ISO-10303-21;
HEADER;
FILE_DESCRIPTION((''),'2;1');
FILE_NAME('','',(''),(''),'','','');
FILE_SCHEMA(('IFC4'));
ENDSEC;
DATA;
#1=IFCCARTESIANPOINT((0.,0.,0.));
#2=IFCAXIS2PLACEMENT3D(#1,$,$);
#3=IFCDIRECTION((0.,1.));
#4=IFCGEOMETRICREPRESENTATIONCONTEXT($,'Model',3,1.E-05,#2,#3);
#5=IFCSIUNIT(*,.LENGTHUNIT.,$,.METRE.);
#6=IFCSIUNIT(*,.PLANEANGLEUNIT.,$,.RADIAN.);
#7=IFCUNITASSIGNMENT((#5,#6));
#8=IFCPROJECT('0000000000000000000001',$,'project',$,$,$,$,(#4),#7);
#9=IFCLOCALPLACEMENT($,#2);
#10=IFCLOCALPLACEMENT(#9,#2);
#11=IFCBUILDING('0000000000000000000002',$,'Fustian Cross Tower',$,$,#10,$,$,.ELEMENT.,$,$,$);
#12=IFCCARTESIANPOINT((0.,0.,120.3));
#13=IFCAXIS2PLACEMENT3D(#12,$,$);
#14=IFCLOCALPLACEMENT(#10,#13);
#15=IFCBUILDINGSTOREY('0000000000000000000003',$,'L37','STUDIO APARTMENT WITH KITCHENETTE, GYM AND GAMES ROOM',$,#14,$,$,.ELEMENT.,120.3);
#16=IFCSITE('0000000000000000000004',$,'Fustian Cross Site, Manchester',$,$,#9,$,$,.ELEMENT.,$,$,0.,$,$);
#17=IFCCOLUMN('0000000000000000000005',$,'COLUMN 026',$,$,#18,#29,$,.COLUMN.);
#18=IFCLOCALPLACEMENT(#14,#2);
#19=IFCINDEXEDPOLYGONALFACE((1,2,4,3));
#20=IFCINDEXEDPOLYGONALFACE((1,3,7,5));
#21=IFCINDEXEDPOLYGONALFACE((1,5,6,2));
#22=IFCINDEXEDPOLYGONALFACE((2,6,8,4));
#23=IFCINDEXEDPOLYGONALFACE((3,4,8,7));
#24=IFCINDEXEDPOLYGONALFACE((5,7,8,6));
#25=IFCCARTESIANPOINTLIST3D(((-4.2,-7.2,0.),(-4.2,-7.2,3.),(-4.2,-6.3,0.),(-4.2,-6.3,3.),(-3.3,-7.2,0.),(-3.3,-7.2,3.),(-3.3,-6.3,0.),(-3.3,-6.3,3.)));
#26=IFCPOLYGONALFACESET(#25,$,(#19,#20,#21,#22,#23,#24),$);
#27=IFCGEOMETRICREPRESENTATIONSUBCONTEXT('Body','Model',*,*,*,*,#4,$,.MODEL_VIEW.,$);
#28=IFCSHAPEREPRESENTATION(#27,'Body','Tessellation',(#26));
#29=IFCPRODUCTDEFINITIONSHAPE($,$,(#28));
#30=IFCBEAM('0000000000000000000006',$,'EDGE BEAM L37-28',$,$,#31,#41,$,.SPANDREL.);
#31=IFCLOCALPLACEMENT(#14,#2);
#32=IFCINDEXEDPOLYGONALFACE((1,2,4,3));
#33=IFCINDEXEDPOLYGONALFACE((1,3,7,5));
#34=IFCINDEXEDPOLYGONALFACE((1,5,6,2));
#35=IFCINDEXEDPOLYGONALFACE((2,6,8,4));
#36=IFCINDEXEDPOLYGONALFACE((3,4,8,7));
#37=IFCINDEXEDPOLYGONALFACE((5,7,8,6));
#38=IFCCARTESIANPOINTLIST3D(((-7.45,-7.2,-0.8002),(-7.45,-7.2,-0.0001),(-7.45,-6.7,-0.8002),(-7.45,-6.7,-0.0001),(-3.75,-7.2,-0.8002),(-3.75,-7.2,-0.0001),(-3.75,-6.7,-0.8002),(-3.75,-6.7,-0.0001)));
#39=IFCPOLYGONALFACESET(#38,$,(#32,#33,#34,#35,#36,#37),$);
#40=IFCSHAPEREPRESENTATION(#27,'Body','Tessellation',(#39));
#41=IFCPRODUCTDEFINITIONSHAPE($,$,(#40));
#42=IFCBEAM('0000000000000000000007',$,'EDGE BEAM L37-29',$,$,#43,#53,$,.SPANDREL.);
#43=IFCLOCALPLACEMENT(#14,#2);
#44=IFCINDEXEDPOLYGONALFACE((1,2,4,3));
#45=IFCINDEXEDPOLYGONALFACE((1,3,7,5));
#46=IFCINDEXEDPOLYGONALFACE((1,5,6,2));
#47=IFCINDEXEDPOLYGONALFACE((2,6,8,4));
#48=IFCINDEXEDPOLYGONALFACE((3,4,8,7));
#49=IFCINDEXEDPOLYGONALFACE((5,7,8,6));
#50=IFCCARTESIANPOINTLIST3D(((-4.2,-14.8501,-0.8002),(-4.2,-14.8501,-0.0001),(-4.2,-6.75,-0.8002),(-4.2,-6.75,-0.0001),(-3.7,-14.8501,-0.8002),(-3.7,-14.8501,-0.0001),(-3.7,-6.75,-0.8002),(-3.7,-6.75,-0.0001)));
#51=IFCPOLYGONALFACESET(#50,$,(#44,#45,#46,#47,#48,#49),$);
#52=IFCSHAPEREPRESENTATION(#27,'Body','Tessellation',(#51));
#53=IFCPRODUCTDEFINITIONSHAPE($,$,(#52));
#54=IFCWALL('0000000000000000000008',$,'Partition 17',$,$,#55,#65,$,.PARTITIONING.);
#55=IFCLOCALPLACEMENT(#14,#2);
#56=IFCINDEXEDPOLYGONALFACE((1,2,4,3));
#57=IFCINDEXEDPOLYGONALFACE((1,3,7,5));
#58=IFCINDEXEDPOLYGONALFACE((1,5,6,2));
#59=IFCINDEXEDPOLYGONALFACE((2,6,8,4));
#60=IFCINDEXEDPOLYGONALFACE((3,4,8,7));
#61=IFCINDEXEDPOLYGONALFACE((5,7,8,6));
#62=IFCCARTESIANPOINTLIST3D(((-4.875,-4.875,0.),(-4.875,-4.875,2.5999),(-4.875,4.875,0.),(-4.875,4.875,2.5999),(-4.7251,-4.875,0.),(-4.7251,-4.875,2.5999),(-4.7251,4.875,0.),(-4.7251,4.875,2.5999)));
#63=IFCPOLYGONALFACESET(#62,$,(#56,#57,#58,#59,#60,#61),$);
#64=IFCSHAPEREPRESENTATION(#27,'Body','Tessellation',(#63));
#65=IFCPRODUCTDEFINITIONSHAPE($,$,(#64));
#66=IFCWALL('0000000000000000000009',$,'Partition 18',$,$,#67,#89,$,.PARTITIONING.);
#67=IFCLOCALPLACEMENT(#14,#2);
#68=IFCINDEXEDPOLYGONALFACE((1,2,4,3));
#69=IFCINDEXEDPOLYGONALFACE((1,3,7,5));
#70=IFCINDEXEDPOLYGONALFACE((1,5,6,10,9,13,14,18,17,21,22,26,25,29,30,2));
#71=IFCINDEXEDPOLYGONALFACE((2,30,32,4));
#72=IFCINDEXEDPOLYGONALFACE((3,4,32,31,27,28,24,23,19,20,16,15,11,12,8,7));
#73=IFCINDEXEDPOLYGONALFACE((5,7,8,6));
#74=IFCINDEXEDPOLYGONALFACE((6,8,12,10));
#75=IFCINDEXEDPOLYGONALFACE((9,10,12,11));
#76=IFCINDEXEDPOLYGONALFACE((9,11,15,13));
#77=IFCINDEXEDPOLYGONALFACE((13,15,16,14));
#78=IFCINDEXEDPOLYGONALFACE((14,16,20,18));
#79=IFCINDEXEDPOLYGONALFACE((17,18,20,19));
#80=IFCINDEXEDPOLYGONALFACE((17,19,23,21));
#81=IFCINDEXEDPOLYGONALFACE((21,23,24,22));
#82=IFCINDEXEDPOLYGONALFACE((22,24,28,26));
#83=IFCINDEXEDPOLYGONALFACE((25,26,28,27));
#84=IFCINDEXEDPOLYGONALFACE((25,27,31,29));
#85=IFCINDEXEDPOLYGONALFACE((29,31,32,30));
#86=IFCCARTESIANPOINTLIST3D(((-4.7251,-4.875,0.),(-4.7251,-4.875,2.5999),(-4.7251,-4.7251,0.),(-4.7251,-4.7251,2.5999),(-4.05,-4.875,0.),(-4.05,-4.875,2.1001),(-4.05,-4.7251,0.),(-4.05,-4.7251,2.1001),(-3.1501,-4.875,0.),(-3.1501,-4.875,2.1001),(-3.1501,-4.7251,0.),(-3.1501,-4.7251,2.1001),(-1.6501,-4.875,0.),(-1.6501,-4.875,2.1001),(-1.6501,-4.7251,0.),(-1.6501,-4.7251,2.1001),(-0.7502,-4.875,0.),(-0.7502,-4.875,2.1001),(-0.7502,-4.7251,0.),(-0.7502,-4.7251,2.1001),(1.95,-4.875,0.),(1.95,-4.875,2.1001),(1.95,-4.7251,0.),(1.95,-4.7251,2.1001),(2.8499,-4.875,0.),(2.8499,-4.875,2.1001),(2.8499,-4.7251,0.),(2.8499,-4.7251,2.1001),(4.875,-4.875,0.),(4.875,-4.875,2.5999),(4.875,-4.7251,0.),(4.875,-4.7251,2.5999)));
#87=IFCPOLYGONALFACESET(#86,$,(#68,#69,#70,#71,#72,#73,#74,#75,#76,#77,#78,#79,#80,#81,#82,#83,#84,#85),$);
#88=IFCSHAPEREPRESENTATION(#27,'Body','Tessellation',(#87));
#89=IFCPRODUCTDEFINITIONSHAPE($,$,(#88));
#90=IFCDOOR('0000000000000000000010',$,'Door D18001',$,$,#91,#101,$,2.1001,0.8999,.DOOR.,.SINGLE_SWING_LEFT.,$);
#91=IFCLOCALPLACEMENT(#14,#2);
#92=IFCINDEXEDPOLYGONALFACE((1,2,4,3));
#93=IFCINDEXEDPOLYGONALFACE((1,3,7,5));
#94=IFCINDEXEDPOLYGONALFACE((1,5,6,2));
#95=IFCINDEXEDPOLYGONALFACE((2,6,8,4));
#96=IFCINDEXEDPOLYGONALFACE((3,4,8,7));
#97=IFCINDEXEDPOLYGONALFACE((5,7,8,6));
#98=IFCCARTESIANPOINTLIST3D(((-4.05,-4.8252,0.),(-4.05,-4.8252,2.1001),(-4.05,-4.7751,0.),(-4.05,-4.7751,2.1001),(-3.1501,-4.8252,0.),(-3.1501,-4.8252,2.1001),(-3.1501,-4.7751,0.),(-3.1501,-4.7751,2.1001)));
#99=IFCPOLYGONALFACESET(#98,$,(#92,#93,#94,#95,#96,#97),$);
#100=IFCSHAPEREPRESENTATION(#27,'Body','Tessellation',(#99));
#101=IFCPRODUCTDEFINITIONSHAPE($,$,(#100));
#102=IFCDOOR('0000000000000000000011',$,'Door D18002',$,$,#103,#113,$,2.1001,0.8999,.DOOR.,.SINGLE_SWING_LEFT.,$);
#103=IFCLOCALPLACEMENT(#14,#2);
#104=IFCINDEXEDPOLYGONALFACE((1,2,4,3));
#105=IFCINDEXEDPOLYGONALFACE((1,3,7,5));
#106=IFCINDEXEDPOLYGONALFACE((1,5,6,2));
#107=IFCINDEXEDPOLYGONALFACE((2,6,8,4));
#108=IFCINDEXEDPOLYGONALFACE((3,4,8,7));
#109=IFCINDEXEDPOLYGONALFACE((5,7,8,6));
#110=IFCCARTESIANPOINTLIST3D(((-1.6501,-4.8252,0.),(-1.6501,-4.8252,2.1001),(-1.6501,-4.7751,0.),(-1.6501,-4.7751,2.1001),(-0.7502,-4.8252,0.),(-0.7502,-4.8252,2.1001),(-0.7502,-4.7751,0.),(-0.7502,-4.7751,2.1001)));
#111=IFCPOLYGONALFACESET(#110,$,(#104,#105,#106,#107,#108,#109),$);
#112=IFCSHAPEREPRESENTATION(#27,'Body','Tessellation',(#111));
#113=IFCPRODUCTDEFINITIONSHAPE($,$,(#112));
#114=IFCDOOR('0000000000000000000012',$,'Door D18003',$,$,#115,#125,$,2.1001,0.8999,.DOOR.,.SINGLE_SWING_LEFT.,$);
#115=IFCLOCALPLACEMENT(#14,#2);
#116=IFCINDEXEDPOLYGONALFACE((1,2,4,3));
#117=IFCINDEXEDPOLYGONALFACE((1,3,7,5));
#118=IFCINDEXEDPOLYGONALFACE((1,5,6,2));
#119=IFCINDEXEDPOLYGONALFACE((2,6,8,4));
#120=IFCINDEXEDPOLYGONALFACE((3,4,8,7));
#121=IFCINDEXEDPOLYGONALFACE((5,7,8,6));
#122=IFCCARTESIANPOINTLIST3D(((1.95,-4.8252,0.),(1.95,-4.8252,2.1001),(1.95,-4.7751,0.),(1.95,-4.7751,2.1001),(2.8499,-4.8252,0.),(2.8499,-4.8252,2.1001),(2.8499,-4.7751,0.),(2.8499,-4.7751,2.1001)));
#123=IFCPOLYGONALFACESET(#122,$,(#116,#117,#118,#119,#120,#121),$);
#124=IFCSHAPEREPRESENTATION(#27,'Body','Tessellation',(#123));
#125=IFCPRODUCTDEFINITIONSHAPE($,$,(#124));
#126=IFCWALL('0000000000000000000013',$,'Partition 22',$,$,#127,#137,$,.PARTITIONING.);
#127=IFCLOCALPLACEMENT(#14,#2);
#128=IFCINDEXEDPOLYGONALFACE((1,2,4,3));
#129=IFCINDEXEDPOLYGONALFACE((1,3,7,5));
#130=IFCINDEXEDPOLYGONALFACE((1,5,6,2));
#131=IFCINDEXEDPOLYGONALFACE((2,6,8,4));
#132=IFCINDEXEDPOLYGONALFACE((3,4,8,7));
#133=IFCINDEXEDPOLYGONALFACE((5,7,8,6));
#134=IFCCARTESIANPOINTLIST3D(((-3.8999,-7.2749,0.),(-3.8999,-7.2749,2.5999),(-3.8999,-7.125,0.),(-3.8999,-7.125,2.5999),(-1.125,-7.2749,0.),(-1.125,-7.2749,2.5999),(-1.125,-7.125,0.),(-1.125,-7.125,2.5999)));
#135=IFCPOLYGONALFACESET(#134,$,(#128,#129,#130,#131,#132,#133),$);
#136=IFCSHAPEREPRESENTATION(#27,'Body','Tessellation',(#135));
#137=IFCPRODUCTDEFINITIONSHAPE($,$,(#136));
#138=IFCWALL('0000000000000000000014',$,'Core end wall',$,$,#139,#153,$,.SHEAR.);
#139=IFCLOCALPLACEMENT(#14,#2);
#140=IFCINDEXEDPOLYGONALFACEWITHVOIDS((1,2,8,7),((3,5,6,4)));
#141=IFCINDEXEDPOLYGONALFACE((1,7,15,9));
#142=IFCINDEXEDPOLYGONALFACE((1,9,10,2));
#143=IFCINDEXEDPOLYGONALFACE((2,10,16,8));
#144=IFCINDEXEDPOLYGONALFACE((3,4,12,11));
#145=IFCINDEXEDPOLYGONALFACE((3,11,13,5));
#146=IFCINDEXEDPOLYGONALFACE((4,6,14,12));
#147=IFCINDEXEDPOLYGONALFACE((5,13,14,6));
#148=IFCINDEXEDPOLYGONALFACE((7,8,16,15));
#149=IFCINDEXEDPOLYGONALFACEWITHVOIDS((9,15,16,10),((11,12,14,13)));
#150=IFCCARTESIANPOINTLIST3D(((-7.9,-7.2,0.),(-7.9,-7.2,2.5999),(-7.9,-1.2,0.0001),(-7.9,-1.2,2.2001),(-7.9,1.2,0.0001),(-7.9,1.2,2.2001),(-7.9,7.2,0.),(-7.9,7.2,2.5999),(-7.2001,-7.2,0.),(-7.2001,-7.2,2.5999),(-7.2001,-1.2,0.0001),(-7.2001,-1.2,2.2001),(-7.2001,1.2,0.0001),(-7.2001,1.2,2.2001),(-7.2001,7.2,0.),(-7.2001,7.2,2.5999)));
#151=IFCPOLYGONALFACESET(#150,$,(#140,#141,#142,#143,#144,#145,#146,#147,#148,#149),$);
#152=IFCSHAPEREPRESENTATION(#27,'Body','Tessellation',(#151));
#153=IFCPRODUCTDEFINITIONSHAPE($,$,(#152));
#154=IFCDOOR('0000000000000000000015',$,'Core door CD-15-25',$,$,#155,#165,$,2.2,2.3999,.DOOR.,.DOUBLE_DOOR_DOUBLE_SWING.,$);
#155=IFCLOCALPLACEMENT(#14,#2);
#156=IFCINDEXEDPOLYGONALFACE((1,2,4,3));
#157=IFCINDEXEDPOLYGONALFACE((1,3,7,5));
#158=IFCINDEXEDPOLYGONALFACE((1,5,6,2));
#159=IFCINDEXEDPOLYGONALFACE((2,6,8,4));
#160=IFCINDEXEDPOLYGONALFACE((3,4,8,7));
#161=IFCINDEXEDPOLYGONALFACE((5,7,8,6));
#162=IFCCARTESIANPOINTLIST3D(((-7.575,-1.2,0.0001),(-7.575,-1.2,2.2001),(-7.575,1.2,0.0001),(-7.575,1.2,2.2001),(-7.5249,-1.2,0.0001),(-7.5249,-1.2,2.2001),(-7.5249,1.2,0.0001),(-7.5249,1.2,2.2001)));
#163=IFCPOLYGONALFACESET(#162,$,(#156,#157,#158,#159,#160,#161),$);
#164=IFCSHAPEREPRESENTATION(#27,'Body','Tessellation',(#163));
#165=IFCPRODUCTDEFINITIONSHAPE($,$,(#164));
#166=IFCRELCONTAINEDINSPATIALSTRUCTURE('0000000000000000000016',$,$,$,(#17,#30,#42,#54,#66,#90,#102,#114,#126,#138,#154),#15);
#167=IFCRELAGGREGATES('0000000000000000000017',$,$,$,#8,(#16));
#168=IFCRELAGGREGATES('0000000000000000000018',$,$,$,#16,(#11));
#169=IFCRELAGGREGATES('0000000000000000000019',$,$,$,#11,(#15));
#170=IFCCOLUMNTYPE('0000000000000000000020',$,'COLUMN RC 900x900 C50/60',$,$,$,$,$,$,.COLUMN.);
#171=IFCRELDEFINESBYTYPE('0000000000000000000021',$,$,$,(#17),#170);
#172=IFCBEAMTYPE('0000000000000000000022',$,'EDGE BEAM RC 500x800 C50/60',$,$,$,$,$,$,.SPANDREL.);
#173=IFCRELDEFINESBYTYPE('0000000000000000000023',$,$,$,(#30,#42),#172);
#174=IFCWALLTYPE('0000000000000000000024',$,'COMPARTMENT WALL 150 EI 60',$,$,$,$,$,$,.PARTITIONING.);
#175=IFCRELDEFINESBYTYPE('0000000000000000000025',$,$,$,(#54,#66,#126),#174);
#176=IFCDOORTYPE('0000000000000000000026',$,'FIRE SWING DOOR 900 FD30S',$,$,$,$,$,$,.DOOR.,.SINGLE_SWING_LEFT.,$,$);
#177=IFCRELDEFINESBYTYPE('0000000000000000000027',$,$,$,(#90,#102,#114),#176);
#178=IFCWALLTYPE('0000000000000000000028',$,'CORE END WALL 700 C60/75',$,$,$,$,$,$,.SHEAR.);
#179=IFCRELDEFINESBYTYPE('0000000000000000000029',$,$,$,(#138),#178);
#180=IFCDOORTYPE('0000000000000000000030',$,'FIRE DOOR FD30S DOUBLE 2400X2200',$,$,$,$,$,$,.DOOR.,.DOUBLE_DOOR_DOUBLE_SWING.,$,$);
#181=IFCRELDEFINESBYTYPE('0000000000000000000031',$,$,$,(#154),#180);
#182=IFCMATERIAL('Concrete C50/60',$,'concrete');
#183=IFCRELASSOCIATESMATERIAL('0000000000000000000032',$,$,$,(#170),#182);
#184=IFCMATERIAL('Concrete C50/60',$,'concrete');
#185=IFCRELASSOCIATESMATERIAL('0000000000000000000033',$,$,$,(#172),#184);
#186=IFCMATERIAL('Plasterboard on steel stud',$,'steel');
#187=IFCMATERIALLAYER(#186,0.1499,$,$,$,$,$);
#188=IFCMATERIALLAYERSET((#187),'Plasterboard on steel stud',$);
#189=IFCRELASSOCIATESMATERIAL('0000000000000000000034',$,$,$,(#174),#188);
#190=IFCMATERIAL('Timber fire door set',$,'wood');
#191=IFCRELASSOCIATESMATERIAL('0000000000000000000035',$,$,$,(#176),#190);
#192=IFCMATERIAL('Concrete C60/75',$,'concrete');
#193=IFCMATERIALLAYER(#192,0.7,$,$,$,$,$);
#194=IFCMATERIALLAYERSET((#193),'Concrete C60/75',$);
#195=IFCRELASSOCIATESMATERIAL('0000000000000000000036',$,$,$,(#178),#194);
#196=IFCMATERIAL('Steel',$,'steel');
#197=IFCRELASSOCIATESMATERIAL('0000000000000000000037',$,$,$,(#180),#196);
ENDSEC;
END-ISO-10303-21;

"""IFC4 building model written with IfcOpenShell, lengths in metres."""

from ifc_helpers import new_model, si_unit, direction, frame, frame_2d, origin, origin_2d, place, context, subcontext, project, spatial, rectangle, extrude, material, layer, layer_set, material_profile, profile_set, type_object, element, fill, save


model = new_model("IFC4")

# Units and contexts
model_context = context("Model", 3, precision=1e-05, world=origin(), true_north=direction((0.0, 1.0)))
body_context = subcontext(model_context, "Body", "Model", "MODEL_VIEW")
ifc_project = project(units=[si_unit("LENGTHUNIT", "METRE"), si_unit("PLANEANGLEUNIT", "RADIAN")], contexts=[model_context])

# Site, building, storey
site_placement = place(None, origin())
site = spatial("IfcSite", under=ifc_project, at=site_placement, Name="Fustian Cross Site, Manchester", CompositionType="ELEMENT", RefElevation=0.0)
building_placement = place(site_placement, origin())
building = spatial("IfcBuilding", under=site, at=building_placement, Name="Fustian Cross Tower", CompositionType="ELEMENT")
storey_placement = place(building_placement, frame((0.0, 0.0, 120.3)))
storey = spatial("IfcBuildingStorey", under=building, at=storey_placement, Name="L37", Description="STUDIO APARTMENT WITH KITCHENETTE, GYM AND GAMES ROOM", CompositionType="ELEMENT", Elevation=120.3)

# Column
ifc_material_1 = material(Name="Concrete C50/60", Category="concrete")
ifc_material_profile_1 = material_profile(ifc_material_1, rectangle(XDim=0.8999, YDim=0.8999, at=origin_2d()), Name="RC 900x900")
ifc_profile_set_1 = profile_set([ifc_material_profile_1], Name="Concrete C50/60")
column_type = type_object("IfcColumnType", Name="COLUMN RC 900x900 C50/60", PredefinedType="COLUMN", material=ifc_profile_set_1)
column_placement = place(storey_placement, frame((-3.75, -6.75, 0.0), z_axis=(0.0, 0.0, 1.0), x_axis=(1.0, 0.0, 0.0)))
element("IfcColumn", 1, at=column_placement, inside=storey, type_object=column_type, Name="COLUMN 026", PredefinedType="COLUMN", context=body_context, shape_type="SweptSolid", body=[
    extrude(rectangle(XDim=0.8999, YDim=0.8999, at=origin_2d()), origin(), (0.0, 0.0, 1.0), 3.0),
])

# Beams
ifc_material_2 = material(Name="Concrete C50/60", Category="concrete")
ifc_material_profile_2 = material_profile(ifc_material_2, rectangle(XDim=0.5, YDim=0.8, at=origin_2d()), Name="RC 500x800")
ifc_profile_set_2 = profile_set([ifc_material_profile_2], Name="Concrete C50/60")
beam_type = type_object("IfcBeamType", Name="EDGE BEAM RC 500x800 C50/60", PredefinedType="SPANDREL", material=ifc_profile_set_2)
beam_1_placement = place(storey_placement, frame((-7.45, -6.95, -0.4001), z_axis=(1.0, 0.0, 0.0), x_axis=(0.0, 1.0, 0.0)))
element("IfcBeam", 2, at=beam_1_placement, inside=storey, type_object=beam_type, Name="EDGE BEAM L37-28", PredefinedType="SPANDREL", context=body_context, shape_type="SweptSolid", body=[
    extrude(rectangle(XDim=0.5, YDim=0.8, at=origin_2d()), origin(), (0.0, 0.0, 1.0), 3.7),
])
beam_2_placement = place(storey_placement, frame((-3.95, -6.75, -0.4001), z_axis=(0.0, -1.0, 0.0), x_axis=(1.0, 0.0, 0.0)))
element("IfcBeam", 3, at=beam_2_placement, inside=storey, type_object=beam_type, Name="EDGE BEAM L37-29", PredefinedType="SPANDREL", context=body_context, shape_type="SweptSolid", body=[
    extrude(rectangle(XDim=0.5, YDim=0.8, at=origin_2d()), origin(), (0.0, 0.0, 1.0), 8.1001),
])

# Wall
ifc_material_3 = material(Name="Plasterboard on steel stud", Category="steel")
ifc_layer_1 = layer(ifc_material_3, 0.1499)
ifc_layer_set_1 = layer_set([ifc_layer_1], Name="Plasterboard on steel stud")
wall_type_1 = type_object("IfcWallType", Name="COMPARTMENT WALL 150 EI 60", PredefinedType="PARTITIONING", material=ifc_layer_set_1)
wall_1_placement = place(storey_placement, frame((-4.8, -4.875, 0.0), z_axis=(0.0, 0.0, 1.0), x_axis=(0.0, 1.0, 0.0)))
element("IfcWall", 4, at=wall_1_placement, inside=storey, type_object=wall_type_1, Name="Partition 17", PredefinedType="PARTITIONING", context=body_context, shape_type="SweptSolid", body=[
    extrude(rectangle(XDim=9.75, YDim=0.1499, at=frame_2d((4.875, 0.0))), origin(), (0.0, 0.0, 1.0), 2.5999),
])

# Wall, openings, doors
wall_2_placement = place(storey_placement, frame((-4.7251, -4.8, 0.0), z_axis=(0.0, 0.0, 1.0), x_axis=(1.0, 0.0, 0.0)))
wall_2 = element("IfcWall", 5, at=wall_2_placement, inside=storey, type_object=wall_type_1, Name="Partition 18", PredefinedType="PARTITIONING", context=body_context, shape_type="SweptSolid", body=[
    extrude(rectangle(XDim=9.6001, YDim=0.1499, at=frame_2d((4.8, 0.0))), origin(), (0.0, 0.0, 1.0), 2.5999),
])
opening_1_placement = place(wall_2_placement, frame((0.675, 0.0, 0.0)))
opening_1 = element("IfcOpeningElement", 6, at=opening_1_placement, cuts=wall_2, PredefinedType="OPENING", context=body_context, shape_type="SweptSolid", body=[
    extrude(rectangle(XDim=0.8999, YDim=2.1001, at=frame_2d((0.45, 1.05))), frame((0.0, 0.085, 0.0), z_axis=(0.0, -1.0, 0.0), x_axis=(1.0, 0.0, 0.0)), (0.0, 0.0, 1.0), 0.1699),
])
opening_2_placement = place(wall_2_placement, frame((3.075, 0.0, 0.0)))
opening_2 = element("IfcOpeningElement", 7, at=opening_2_placement, cuts=wall_2, PredefinedType="OPENING", context=body_context, shape_type="SweptSolid", body=[
    extrude(rectangle(XDim=0.8999, YDim=2.1001, at=frame_2d((0.45, 1.05))), frame((0.0, 0.085, 0.0), z_axis=(0.0, -1.0, 0.0), x_axis=(1.0, 0.0, 0.0)), (0.0, 0.0, 1.0), 0.1699),
])
opening_3_placement = place(wall_2_placement, frame((6.675, 0.0, 0.0)))
opening_3 = element("IfcOpeningElement", 8, at=opening_3_placement, cuts=wall_2, PredefinedType="OPENING", context=body_context, shape_type="SweptSolid", body=[
    extrude(rectangle(XDim=0.8999, YDim=2.1001, at=frame_2d((0.45, 1.05))), frame((0.0, 0.085, 0.0), z_axis=(0.0, -1.0, 0.0), x_axis=(1.0, 0.0, 0.0)), (0.0, 0.0, 1.0), 0.1699),
])
ifc_material_4 = material(Name="Timber fire door set", Category="wood")
door_type_1 = type_object("IfcDoorType", Name="FIRE SWING DOOR 900 FD30S", OperationType="SINGLE_SWING_LEFT", PredefinedType="DOOR", material=ifc_material_4)
door_1_placement = place(opening_1_placement, origin())
door_1 = element("IfcDoor", 9, at=door_1_placement, inside=storey, type_object=door_type_1, Name="Door D18001", OperationType="SINGLE_SWING_LEFT", OverallHeight=2.1001, OverallWidth=0.8999, PredefinedType="DOOR", context=body_context, shape_type="SweptSolid", body=[
    extrude(rectangle(XDim=0.8999, YDim=2.1001, at=frame_2d((0.45, 1.05))), frame((0.0, 0.0249, 0.0), z_axis=(0.0, -1.0, 0.0), x_axis=(1.0, 0.0, 0.0)), (0.0, 0.0, 1.0), 0.05),
])
fill(opening_1, door_1)
door_2_placement = place(opening_2_placement, origin())
door_2 = element("IfcDoor", 10, at=door_2_placement, inside=storey, type_object=door_type_1, Name="Door D18002", OperationType="SINGLE_SWING_LEFT", OverallHeight=2.1001, OverallWidth=0.8999, PredefinedType="DOOR", context=body_context, shape_type="SweptSolid", body=[
    extrude(rectangle(XDim=0.8999, YDim=2.1001, at=frame_2d((0.45, 1.05))), frame((0.0, 0.0249, 0.0), z_axis=(0.0, -1.0, 0.0), x_axis=(1.0, 0.0, 0.0)), (0.0, 0.0, 1.0), 0.05),
])
fill(opening_2, door_2)
door_3_placement = place(opening_3_placement, origin())
door_3 = element("IfcDoor", 11, at=door_3_placement, inside=storey, type_object=door_type_1, Name="Door D18003", OperationType="SINGLE_SWING_LEFT", OverallHeight=2.1001, OverallWidth=0.8999, PredefinedType="DOOR", context=body_context, shape_type="SweptSolid", body=[
    extrude(rectangle(XDim=0.8999, YDim=2.1001, at=frame_2d((0.45, 1.05))), frame((0.0, 0.0249, 0.0), z_axis=(0.0, -1.0, 0.0), x_axis=(1.0, 0.0, 0.0)), (0.0, 0.0, 1.0), 0.05),
])
fill(opening_3, door_3)

# Wall
wall_3_placement = place(storey_placement, frame((-3.8999, -7.2, 0.0), z_axis=(0.0, 0.0, 1.0), x_axis=(1.0, 0.0, 0.0)))
element("IfcWall", 12, at=wall_3_placement, inside=storey, type_object=wall_type_1, Name="Partition 22", PredefinedType="PARTITIONING", context=body_context, shape_type="SweptSolid", body=[
    extrude(rectangle(XDim=2.7749, YDim=0.1499, at=frame_2d((1.3875, 0.0))), origin(), (0.0, 0.0, 1.0), 2.5999),
])

# Wall, opening, door
ifc_material_5 = material(Name="Concrete C60/75", Category="concrete")
ifc_layer_2 = layer(ifc_material_5, 0.7)
ifc_layer_set_2 = layer_set([ifc_layer_2], Name="Concrete C60/75")
wall_type_2 = type_object("IfcWallType", Name="CORE END WALL 700 C60/75", PredefinedType="SHEAR", material=ifc_layer_set_2)
wall_4_placement = place(storey_placement, frame((-7.55, -7.2, 0.0), z_axis=(0.0, 0.0, 1.0), x_axis=(0.0, 1.0, 0.0)))
wall_4 = element("IfcWall", 13, at=wall_4_placement, inside=storey, type_object=wall_type_2, Name="Core end wall", PredefinedType="SHEAR", context=body_context, shape_type="SweptSolid", body=[
    extrude(rectangle(XDim=14.3999, YDim=0.7, at=frame_2d((7.2, 0.0))), origin(), (0.0, 0.0, 1.0), 2.5999),
])
opening_4_placement = place(wall_4_placement, frame((6.0, 0.0, 0.0)))
opening_4 = element("IfcOpeningElement", 14, at=opening_4_placement, cuts=wall_4, PredefinedType="OPENING", context=body_context, shape_type="SweptSolid", body=[
    extrude(rectangle(XDim=2.3999, YDim=2.2, at=frame_2d((1.2, 1.1001))), frame((0.0, 0.3599, 0.0), z_axis=(0.0, -1.0, 0.0), x_axis=(1.0, 0.0, 0.0)), (0.0, 0.0, 1.0), 0.72),
])
ifc_material_6 = material(Name="Steel", Category="steel")
door_type_2 = type_object("IfcDoorType", Name="FIRE DOOR FD30S DOUBLE 2400X2200", OperationType="DOUBLE_DOOR_DOUBLE_SWING", PredefinedType="DOOR", material=ifc_material_6)
door_4_placement = place(opening_4_placement, origin())
door_4 = element("IfcDoor", 15, at=door_4_placement, inside=storey, type_object=door_type_2, Name="Core door CD-15-25", OperationType="DOUBLE_DOOR_DOUBLE_SWING", OverallHeight=2.2, OverallWidth=2.3999, PredefinedType="DOOR", context=body_context, shape_type="SweptSolid", body=[
    extrude(rectangle(XDim=2.3999, YDim=2.2, at=frame_2d((1.2, 1.1001))), frame((0.0, 0.0249, 0.0), z_axis=(0.0, -1.0, 0.0), x_axis=(1.0, 0.0, 0.0)), (0.0, 0.0, 1.0), 0.05),
])
fill(opening_4, door_4)

save(model, "model.ifc")
